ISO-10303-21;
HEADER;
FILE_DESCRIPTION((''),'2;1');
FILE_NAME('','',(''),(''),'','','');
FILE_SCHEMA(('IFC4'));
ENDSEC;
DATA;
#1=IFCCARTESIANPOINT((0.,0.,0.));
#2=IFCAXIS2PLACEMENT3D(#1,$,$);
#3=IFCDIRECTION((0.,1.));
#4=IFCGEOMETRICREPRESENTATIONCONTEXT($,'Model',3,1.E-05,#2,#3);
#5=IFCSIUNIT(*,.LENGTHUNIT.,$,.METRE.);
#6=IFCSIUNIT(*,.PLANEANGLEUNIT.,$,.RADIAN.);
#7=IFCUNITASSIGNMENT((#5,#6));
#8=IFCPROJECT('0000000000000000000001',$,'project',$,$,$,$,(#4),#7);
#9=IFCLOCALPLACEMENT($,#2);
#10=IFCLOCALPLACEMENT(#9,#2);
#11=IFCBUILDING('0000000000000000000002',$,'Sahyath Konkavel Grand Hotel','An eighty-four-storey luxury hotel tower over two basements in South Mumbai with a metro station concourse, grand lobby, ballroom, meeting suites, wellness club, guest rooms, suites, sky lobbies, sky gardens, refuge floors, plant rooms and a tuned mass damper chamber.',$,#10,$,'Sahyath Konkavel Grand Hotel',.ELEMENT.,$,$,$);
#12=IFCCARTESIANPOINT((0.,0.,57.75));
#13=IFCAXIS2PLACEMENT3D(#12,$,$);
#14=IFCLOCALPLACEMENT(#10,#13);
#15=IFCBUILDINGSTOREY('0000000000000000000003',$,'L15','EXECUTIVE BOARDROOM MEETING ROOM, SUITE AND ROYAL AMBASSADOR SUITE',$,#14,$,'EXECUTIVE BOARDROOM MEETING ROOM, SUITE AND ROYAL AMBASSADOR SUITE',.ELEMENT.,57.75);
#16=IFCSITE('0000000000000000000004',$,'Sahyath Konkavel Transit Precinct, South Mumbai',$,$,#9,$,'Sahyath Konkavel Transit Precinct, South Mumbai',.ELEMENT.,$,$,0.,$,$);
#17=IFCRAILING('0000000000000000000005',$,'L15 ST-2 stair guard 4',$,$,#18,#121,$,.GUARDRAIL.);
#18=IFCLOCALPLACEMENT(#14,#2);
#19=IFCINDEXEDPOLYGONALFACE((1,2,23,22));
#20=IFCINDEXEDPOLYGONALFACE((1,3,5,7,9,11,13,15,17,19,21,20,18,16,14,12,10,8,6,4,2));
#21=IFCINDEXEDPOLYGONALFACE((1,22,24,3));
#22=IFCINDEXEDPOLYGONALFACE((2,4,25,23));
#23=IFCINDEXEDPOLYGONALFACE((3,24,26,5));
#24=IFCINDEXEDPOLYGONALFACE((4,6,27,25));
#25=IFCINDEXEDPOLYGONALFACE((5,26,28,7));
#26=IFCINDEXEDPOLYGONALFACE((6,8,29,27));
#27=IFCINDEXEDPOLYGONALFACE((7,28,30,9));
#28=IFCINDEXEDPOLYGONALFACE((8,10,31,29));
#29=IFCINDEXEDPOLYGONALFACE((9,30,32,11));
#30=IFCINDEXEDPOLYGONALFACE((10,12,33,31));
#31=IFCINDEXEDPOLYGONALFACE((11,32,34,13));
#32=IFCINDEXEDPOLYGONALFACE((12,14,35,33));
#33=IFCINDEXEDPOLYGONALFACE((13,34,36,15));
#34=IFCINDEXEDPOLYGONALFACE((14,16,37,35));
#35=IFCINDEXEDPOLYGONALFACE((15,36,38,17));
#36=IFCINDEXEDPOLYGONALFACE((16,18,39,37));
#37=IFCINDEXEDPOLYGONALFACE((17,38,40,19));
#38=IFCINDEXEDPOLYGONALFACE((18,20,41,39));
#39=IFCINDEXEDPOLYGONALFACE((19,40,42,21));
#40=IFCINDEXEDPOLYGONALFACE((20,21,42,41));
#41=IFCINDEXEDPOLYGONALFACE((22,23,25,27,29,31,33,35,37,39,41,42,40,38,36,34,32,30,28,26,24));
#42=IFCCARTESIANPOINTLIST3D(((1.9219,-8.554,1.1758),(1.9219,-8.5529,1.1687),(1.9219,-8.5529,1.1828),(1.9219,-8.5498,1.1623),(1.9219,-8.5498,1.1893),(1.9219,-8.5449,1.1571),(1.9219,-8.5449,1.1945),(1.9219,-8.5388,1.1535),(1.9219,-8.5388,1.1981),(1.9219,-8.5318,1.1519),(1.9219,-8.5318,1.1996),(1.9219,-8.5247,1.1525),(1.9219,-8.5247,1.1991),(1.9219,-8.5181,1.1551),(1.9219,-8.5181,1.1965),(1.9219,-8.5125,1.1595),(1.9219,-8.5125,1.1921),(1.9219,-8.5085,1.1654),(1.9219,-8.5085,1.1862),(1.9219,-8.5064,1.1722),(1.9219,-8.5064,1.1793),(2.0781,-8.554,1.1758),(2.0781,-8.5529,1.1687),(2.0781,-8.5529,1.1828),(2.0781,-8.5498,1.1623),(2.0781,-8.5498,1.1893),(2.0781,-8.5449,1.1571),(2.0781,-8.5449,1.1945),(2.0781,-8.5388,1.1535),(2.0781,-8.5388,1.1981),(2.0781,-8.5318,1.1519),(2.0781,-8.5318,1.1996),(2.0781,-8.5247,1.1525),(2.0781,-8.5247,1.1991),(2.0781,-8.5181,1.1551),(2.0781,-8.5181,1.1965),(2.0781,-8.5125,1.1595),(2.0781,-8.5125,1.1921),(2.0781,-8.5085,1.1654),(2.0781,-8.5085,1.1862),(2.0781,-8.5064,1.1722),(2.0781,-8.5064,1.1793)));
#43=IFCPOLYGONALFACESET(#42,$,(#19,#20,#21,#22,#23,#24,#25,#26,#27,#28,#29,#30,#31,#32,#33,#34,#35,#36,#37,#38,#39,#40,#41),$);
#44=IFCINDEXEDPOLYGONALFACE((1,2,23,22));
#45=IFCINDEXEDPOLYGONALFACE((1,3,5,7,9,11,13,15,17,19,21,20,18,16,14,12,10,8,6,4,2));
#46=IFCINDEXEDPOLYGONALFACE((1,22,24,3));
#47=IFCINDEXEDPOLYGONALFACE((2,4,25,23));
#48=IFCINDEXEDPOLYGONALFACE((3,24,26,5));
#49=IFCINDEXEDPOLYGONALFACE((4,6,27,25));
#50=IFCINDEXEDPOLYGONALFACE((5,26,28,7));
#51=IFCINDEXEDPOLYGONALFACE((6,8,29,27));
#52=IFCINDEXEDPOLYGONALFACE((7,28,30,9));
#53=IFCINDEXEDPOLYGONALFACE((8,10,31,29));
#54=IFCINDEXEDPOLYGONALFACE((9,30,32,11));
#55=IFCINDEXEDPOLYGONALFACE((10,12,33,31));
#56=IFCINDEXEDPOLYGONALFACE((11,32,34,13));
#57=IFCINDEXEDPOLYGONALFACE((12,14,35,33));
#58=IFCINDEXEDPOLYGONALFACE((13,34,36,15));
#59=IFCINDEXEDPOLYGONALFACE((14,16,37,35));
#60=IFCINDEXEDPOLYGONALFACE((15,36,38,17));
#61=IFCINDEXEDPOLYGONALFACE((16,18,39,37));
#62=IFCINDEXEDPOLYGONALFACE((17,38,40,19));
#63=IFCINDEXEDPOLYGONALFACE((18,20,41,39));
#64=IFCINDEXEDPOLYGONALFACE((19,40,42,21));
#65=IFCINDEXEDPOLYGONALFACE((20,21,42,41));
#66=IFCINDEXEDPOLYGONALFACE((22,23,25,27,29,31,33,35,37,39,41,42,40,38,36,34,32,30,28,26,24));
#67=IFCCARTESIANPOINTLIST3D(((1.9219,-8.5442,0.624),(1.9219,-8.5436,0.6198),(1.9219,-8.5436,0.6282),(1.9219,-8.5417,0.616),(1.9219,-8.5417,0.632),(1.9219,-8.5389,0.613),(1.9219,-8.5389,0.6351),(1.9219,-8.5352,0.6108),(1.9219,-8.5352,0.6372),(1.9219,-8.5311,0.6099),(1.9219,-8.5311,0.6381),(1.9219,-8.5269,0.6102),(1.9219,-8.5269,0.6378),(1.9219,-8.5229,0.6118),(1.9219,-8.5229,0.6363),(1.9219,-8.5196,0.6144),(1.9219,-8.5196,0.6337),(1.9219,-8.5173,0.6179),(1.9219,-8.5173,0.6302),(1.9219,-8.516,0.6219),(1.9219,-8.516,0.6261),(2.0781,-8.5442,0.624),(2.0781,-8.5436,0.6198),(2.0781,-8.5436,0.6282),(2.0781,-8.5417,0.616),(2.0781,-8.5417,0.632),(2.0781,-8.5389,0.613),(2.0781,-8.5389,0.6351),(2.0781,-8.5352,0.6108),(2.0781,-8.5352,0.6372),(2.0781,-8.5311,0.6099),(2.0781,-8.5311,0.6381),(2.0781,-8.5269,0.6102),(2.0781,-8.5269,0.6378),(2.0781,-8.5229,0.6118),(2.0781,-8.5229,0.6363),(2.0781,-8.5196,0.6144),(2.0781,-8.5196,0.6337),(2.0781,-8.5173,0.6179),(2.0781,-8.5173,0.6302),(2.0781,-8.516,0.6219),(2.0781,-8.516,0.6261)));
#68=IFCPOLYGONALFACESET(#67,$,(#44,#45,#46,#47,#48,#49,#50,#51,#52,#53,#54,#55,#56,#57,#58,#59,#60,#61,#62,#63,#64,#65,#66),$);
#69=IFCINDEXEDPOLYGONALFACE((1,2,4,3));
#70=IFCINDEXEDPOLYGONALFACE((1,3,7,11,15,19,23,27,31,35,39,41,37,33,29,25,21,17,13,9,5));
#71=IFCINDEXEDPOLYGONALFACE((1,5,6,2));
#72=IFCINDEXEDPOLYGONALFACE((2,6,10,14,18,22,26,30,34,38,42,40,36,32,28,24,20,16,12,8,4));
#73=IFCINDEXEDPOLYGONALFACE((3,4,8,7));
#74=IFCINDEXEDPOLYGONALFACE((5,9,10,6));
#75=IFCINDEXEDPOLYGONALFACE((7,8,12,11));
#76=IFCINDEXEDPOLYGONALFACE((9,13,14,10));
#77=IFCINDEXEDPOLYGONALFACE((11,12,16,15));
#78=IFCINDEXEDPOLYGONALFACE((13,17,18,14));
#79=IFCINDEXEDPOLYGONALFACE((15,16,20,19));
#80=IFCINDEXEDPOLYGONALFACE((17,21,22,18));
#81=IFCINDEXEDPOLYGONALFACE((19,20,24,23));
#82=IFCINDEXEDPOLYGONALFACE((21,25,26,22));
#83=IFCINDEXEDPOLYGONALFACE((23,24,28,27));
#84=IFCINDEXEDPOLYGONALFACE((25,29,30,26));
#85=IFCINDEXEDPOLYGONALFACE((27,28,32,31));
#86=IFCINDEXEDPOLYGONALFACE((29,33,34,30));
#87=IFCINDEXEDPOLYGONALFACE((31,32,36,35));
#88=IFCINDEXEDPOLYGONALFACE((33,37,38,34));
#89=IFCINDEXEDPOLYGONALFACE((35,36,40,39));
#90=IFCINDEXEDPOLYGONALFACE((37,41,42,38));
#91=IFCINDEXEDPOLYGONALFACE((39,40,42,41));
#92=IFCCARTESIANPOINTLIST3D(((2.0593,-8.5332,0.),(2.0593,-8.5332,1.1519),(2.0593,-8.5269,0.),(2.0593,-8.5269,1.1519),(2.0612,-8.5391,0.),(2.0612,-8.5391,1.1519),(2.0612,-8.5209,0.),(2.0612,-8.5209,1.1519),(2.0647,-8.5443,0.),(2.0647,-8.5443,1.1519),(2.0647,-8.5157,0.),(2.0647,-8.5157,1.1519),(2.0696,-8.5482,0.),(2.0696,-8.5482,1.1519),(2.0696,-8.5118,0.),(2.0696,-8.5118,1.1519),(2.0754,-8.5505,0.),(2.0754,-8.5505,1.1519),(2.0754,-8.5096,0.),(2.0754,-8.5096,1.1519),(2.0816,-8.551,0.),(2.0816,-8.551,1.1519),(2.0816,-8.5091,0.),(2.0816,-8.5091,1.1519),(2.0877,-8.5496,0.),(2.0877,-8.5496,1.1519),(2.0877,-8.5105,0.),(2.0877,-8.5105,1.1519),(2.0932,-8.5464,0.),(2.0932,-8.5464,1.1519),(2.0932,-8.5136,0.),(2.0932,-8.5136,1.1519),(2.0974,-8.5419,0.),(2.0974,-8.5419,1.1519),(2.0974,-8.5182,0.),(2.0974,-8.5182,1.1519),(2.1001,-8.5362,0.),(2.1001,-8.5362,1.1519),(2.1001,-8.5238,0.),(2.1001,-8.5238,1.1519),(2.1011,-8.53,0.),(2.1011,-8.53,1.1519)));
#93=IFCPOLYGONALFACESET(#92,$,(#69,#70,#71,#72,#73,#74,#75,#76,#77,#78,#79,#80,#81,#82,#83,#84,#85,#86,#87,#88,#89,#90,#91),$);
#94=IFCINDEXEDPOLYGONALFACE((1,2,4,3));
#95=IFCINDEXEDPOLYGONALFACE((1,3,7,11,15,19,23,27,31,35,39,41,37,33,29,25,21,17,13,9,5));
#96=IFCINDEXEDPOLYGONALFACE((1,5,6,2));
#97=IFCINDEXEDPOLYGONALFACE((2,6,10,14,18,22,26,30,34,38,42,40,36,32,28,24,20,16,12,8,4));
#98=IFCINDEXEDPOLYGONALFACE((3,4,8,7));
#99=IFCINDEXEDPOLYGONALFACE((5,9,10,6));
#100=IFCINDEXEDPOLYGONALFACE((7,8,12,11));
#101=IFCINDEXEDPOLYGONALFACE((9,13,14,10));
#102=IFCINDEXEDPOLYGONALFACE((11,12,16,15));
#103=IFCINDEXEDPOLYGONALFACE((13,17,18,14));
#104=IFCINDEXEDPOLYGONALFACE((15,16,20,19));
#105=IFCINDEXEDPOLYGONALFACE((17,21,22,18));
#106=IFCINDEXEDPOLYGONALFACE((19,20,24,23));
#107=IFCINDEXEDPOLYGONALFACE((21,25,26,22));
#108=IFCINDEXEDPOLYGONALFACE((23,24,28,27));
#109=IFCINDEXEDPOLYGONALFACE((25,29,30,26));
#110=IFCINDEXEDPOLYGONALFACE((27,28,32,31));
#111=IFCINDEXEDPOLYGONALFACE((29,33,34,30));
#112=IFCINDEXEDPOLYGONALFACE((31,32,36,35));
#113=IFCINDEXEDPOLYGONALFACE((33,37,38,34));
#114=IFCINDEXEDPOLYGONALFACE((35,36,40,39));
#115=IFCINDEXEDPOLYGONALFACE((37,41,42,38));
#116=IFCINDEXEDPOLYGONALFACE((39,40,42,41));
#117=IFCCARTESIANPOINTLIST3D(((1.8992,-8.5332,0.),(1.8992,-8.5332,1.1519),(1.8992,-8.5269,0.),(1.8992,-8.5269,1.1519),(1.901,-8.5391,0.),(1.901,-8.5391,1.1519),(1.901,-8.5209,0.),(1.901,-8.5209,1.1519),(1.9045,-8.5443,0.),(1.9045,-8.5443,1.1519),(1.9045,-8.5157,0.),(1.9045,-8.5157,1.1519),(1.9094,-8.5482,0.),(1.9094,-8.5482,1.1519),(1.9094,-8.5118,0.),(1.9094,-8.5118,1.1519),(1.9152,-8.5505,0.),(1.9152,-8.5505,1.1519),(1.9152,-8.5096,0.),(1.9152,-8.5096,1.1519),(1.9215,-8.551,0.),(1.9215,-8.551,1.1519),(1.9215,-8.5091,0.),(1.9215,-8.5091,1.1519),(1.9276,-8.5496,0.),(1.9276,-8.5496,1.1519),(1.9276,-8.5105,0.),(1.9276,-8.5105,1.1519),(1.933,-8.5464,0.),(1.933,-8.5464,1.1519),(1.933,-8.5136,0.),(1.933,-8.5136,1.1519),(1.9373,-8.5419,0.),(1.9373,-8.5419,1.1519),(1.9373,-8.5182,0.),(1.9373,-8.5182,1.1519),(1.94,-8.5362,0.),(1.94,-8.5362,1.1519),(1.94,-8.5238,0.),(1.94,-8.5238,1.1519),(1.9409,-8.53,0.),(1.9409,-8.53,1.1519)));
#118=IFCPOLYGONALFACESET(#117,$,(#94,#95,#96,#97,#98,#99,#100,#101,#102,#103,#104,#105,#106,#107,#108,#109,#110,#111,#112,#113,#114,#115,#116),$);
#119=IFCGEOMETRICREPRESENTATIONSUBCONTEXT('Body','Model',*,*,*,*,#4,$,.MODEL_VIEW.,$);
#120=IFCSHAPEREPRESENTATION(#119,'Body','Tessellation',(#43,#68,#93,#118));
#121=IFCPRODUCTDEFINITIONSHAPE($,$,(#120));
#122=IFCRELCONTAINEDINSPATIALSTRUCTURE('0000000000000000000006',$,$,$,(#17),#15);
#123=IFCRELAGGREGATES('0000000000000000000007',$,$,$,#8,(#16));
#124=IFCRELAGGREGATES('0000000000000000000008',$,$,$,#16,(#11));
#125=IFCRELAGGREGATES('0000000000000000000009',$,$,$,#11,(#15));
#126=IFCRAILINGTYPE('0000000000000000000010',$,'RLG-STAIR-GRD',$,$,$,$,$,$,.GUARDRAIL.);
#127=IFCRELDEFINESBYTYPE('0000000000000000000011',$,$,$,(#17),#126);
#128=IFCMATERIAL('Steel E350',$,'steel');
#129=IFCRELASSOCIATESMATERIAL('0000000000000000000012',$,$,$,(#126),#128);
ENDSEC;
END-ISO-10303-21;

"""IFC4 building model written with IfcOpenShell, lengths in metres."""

from ifc_helpers import new_model, si_unit, direction, frame, origin, origin_2d, place, context, subcontext, project, spatial, circle, extrude, material, type_object, element, save


model = new_model("IFC4")

# Units and contexts
model_context = context("Model", 3, precision=1e-05, world=origin(), true_north=direction((0.0, 1.0)))
body_context = subcontext(model_context, "Body", "Model", "MODEL_VIEW")
ifc_project = project(units=[si_unit("LENGTHUNIT", "METRE"), si_unit("PLANEANGLEUNIT", "RADIAN")], contexts=[model_context])

# Site, building, storey
site_placement = place(None, origin())
site = spatial("IfcSite", under=ifc_project, at=site_placement, Name="Sahyath Konkavel Transit Precinct, South Mumbai", LongName="Sahyath Konkavel Transit Precinct, South Mumbai", CompositionType="ELEMENT", RefElevation=0.0)
building_placement = place(site_placement, origin())
building = spatial("IfcBuilding", under=site, at=building_placement, Name="Sahyath Konkavel Grand Hotel", Description="An eighty-four-storey luxury hotel tower over two basements in South Mumbai with a metro station concourse, grand lobby, ballroom, meeting suites, wellness club, guest rooms, suites, sky lobbies, sky gardens, refuge floors, plant rooms and a tuned mass damper chamber.", LongName="Sahyath Konkavel Grand Hotel", CompositionType="ELEMENT")
storey_placement = place(building_placement, frame((0.0, 0.0, 57.75)))
storey = spatial("IfcBuildingStorey", under=building, at=storey_placement, Name="L15", Description="EXECUTIVE BOARDROOM MEETING ROOM, SUITE AND ROYAL AMBASSADOR SUITE", LongName="EXECUTIVE BOARDROOM MEETING ROOM, SUITE AND ROYAL AMBASSADOR SUITE", CompositionType="ELEMENT", Elevation=57.75)

# Shared definitions
ifc_material_1 = material(Name="Steel E350", Category="steel")

# Railing
railing_type_1 = type_object("IfcRailingType", Name="RLG-STAIR-GRD", PredefinedType="GUARDRAIL", material=ifc_material_1)
railing_1_placement = place(storey_placement, frame((2.0801, -8.53, 0.0)))
element("IfcRailing", 1, at=railing_1_placement, inside=storey, type_object=railing_type_1, Name="L15 ST-2 stair guard 4", PredefinedType="GUARDRAIL", context=body_context, shape_type="SweptSolid", body=[
    extrude(circle(Radius=0.0239, at=origin_2d()), frame((-0.002, 0.0, 1.1758), z_axis=(-1.0, 0.0, 0.0), x_axis=(0.0, -1.0, 0.0)), (0.0, 0.0, 1.0), 0.1562),
    extrude(circle(Radius=0.0142, at=origin_2d()), frame((-0.002, 0.0, 0.624), z_axis=(-1.0, 0.0, 0.0), x_axis=(0.0, -1.0, 0.0)), (0.0, 0.0, 1.0), 0.1562),
    extrude(circle(Radius=0.021, at=origin_2d()), origin(), (0.0, 0.0, 1.0), 1.1519),
    extrude(circle(Radius=0.021, at=origin_2d()), frame((-0.1602, 0.0, 0.0)), (0.0, 0.0, 1.0), 1.1519),
])

save(model, "model.ifc")
